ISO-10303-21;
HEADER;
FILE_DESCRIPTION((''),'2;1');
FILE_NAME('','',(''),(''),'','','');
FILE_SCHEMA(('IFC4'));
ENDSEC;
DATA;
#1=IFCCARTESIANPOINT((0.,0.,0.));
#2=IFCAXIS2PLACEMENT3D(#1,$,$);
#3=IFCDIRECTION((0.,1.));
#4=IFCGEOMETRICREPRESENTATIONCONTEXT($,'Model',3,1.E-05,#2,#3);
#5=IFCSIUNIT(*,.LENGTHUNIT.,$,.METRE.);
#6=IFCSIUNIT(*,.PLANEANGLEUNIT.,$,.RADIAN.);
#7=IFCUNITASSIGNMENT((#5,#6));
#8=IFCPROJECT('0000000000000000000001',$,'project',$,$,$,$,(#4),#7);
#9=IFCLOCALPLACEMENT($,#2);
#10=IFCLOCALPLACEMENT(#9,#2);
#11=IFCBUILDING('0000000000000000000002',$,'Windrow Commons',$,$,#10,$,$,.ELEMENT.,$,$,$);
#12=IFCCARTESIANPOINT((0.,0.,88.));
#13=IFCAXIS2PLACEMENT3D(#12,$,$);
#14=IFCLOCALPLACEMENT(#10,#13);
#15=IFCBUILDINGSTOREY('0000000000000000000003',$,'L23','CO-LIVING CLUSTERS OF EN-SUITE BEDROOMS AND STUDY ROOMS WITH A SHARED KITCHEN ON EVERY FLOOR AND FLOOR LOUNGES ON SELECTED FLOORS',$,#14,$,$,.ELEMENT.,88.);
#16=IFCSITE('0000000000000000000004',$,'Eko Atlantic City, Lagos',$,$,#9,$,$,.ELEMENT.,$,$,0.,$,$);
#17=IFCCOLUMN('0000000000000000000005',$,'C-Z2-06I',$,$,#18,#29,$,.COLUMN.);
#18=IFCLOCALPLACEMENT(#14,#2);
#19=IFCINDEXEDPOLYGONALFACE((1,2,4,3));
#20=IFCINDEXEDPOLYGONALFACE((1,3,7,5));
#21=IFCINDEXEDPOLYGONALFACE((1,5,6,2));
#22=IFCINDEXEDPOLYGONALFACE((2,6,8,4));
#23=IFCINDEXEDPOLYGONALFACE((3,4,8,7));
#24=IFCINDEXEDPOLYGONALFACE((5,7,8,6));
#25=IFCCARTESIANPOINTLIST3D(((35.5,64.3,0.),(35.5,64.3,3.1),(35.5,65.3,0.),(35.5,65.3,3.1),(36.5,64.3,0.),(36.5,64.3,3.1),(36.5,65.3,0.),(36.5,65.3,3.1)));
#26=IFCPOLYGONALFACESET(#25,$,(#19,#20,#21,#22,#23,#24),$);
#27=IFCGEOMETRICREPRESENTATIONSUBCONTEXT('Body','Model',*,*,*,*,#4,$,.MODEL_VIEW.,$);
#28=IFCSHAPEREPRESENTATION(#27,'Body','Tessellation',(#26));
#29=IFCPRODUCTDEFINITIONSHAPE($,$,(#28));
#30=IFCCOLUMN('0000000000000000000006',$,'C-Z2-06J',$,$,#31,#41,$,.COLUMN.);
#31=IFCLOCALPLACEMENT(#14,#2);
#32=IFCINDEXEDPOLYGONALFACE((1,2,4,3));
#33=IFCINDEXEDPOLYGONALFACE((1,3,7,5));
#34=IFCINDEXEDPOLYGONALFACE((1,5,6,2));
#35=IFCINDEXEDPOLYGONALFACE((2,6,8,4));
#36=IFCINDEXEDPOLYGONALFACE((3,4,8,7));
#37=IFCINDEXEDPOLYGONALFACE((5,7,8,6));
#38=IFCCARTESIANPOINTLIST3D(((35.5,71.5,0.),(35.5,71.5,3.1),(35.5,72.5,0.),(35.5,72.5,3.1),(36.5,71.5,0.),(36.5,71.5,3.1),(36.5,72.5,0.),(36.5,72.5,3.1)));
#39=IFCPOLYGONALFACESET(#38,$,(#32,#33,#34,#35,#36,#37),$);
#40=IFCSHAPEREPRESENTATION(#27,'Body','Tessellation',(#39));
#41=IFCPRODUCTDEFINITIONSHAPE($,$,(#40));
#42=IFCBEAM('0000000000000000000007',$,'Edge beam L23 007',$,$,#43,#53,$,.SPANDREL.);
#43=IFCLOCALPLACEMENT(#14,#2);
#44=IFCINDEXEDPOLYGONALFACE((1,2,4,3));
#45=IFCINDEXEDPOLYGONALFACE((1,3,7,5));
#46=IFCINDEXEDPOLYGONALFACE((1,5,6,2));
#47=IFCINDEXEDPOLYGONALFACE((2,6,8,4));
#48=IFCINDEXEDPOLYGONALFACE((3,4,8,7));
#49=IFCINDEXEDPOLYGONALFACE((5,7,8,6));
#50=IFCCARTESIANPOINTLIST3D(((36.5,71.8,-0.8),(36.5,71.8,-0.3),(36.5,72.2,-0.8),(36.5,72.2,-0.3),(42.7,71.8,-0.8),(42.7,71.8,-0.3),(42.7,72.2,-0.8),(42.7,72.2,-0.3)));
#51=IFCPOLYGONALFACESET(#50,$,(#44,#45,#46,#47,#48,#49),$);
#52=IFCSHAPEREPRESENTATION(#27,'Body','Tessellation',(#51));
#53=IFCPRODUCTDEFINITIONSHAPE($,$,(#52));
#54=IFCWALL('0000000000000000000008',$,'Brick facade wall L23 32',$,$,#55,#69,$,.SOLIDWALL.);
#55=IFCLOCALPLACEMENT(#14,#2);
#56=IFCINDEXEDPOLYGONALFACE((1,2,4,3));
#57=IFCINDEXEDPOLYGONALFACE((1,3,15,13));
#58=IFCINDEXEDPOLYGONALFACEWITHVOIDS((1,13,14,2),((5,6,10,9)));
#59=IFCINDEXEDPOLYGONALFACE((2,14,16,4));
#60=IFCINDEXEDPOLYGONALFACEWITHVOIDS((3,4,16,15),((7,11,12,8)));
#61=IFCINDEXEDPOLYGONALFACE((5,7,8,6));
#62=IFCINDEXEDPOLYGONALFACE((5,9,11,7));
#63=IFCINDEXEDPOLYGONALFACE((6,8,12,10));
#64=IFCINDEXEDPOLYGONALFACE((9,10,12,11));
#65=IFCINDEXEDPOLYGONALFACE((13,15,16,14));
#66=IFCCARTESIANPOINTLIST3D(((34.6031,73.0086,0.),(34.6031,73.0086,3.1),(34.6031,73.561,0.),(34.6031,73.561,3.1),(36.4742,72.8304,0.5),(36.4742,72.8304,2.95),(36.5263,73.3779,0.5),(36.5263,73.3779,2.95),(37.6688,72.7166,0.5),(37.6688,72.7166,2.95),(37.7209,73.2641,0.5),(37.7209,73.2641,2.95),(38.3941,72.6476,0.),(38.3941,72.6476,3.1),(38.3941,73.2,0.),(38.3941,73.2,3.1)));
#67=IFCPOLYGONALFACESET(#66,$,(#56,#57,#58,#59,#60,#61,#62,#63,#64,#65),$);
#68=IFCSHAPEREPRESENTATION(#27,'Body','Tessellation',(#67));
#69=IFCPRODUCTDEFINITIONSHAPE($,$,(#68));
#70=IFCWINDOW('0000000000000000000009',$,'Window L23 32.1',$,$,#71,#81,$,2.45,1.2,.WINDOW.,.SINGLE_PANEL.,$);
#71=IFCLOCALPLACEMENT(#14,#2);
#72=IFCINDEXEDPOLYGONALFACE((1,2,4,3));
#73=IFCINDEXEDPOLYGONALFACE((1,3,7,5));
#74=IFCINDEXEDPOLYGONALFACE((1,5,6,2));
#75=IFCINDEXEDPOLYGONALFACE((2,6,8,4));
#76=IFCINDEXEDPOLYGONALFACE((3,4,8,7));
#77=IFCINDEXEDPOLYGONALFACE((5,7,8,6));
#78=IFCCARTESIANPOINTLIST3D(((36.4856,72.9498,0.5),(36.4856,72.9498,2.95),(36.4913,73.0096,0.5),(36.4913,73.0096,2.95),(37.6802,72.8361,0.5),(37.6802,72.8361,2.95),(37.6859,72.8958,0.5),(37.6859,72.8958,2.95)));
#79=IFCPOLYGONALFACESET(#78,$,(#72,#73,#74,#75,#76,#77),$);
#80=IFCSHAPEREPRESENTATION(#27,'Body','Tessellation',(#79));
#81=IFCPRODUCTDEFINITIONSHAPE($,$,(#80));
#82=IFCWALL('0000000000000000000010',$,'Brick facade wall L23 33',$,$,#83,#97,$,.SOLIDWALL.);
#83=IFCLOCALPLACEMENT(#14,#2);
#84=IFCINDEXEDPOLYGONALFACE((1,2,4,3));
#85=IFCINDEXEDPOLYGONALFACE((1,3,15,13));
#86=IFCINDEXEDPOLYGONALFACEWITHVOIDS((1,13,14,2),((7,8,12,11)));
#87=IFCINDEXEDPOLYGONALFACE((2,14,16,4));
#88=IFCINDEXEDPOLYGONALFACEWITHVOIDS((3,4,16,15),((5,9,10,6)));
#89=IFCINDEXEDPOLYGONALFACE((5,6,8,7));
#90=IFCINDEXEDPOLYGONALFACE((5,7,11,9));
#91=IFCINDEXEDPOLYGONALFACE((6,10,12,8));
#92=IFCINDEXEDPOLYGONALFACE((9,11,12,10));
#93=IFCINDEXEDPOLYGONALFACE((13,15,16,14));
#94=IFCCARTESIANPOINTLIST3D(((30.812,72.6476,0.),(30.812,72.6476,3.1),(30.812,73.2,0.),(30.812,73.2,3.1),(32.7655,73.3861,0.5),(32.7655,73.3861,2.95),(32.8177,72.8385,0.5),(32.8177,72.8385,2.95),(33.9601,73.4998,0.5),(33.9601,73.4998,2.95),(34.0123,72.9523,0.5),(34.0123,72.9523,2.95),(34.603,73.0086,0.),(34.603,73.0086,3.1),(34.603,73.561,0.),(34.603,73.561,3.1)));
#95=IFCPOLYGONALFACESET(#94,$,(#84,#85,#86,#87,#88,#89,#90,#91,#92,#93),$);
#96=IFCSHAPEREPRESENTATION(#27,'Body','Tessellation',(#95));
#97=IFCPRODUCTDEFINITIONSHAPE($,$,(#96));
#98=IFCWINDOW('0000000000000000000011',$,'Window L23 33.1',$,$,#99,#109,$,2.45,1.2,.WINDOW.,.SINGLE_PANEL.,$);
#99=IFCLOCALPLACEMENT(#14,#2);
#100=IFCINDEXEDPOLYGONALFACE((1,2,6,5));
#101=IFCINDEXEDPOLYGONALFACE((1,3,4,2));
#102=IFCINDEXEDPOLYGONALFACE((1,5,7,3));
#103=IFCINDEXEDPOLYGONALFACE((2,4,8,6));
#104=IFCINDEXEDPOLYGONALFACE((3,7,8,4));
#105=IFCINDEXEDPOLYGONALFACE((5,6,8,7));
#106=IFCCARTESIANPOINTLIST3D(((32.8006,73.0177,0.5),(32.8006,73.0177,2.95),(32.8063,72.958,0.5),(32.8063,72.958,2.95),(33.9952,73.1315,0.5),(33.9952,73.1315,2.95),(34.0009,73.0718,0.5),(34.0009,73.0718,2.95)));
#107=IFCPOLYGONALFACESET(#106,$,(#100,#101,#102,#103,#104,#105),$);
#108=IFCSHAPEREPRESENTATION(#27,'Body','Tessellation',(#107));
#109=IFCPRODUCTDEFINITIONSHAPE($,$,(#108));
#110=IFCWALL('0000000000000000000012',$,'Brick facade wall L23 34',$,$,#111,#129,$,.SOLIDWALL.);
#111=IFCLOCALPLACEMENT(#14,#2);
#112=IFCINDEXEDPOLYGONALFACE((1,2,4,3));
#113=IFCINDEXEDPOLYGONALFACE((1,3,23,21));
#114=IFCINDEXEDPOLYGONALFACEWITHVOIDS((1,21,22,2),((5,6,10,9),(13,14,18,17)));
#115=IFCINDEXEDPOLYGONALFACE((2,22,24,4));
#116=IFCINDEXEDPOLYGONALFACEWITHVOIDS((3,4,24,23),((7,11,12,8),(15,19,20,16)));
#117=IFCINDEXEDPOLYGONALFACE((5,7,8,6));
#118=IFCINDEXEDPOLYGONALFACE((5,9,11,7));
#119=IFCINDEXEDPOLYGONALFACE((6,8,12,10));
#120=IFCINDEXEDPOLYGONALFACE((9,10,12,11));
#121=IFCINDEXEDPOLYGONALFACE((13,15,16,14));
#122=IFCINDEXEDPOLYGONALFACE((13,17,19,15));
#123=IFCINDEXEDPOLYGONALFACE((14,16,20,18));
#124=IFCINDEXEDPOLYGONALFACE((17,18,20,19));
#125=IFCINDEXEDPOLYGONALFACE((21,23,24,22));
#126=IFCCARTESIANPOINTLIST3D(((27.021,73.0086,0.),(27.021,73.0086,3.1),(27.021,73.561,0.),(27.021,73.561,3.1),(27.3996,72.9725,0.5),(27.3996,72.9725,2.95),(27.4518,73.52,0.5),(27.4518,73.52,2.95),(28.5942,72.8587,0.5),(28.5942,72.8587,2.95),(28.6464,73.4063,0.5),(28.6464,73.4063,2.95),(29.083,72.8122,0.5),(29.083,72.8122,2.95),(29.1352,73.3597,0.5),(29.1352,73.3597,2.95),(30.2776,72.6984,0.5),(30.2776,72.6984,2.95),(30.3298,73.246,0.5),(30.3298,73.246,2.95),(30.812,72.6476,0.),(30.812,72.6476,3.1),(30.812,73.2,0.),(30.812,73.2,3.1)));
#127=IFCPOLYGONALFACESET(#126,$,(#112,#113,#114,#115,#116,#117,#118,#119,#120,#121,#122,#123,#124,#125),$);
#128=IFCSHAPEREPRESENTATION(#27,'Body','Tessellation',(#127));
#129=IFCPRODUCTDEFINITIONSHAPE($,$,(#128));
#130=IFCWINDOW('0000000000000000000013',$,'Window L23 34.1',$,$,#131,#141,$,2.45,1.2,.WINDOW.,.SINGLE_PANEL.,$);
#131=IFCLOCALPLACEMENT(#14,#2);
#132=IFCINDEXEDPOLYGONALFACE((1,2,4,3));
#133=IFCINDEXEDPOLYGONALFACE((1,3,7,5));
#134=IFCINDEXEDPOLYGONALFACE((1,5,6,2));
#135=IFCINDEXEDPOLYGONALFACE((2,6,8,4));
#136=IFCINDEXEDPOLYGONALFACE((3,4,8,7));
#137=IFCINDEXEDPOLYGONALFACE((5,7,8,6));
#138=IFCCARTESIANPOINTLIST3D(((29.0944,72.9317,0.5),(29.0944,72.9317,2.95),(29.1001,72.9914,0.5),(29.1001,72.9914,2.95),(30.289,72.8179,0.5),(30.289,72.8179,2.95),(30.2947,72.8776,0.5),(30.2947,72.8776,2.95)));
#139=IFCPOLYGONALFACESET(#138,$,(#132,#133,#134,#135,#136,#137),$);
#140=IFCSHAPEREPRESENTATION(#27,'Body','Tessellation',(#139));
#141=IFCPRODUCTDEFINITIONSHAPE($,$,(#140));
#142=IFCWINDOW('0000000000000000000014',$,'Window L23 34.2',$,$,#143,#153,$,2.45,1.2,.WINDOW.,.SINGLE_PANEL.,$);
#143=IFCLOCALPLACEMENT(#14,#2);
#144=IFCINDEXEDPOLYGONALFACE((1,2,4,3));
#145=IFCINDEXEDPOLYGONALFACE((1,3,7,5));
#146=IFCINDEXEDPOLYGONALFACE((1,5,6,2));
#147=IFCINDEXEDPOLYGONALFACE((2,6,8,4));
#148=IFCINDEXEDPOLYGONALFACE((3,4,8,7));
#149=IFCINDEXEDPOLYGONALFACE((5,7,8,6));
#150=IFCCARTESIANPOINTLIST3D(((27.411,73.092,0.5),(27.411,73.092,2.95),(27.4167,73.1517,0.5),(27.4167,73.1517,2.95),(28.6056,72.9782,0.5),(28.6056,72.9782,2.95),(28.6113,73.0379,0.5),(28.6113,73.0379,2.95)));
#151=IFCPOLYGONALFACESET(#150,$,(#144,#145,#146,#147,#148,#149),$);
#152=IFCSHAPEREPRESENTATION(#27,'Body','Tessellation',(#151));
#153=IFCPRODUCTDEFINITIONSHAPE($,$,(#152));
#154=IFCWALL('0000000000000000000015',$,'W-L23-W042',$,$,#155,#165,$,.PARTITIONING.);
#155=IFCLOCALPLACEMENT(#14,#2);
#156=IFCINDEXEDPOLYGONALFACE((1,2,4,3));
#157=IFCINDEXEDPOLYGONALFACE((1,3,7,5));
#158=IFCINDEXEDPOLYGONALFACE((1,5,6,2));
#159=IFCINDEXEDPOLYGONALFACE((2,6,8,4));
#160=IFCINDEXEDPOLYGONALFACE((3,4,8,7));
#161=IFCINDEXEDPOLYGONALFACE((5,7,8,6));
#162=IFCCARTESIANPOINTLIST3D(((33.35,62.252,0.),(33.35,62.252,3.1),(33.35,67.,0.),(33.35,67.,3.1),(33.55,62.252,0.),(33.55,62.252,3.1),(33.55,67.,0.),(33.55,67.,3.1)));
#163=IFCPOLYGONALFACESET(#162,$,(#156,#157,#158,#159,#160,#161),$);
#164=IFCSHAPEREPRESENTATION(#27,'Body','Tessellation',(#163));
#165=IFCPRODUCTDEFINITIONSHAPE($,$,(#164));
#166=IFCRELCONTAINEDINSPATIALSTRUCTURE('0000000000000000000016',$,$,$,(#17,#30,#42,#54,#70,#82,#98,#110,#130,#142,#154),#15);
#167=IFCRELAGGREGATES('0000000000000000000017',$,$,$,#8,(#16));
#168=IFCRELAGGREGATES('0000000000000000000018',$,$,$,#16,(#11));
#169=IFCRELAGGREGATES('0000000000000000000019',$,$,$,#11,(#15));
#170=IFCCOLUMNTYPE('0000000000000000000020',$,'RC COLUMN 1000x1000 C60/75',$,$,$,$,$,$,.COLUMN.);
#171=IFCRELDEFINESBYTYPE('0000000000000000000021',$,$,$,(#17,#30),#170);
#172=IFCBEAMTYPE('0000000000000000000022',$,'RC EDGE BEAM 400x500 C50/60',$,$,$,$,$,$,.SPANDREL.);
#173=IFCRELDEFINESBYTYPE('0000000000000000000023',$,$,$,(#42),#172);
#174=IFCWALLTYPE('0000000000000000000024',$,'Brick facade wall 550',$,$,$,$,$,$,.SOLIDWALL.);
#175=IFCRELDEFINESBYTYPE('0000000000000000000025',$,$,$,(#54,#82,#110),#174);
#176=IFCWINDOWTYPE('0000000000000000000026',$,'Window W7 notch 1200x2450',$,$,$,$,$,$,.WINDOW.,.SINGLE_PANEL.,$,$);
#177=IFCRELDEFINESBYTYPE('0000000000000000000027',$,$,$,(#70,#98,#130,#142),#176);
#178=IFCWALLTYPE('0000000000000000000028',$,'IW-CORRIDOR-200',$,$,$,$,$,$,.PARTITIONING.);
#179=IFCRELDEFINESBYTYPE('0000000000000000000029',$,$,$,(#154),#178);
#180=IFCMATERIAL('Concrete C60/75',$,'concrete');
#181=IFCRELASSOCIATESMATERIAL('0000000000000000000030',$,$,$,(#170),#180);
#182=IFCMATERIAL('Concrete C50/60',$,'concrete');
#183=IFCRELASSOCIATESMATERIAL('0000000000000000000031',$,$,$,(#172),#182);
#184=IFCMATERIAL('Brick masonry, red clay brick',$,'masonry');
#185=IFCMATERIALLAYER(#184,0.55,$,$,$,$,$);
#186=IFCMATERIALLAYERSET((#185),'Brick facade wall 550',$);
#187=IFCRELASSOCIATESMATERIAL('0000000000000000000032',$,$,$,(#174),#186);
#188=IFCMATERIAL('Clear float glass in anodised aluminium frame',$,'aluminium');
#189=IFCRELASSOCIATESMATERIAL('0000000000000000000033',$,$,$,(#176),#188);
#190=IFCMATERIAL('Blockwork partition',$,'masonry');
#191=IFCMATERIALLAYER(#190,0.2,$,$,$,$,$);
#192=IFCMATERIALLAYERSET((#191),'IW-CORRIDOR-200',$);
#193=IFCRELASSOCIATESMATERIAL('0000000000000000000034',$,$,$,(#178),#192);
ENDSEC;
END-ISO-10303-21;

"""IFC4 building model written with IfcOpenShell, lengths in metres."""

from ifc_helpers import new_model, si_unit, direction, frame, frame_2d, origin, origin_2d, place, context, subcontext, project, spatial, polyline, rectangle, outline, extrude, material, layer, layer_set, material_profile, profile_set, type_object, element, fill, save


model = new_model("IFC4")

# Units and contexts
model_context = context("Model", 3, precision=1e-05, world=origin(), true_north=direction((0.0, 1.0)))
body_context = subcontext(model_context, "Body", "Model", "MODEL_VIEW")
ifc_project = project(units=[si_unit("LENGTHUNIT", "METRE"), si_unit("PLANEANGLEUNIT", "RADIAN")], contexts=[model_context])

# Site, building, storey
site_placement = place(None, origin())
site = spatial("IfcSite", under=ifc_project, at=site_placement, Name="Eko Atlantic City, Lagos", CompositionType="ELEMENT", RefElevation=0.0)
building_placement = place(site_placement, origin())
building = spatial("IfcBuilding", under=site, at=building_placement, Name="Windrow Commons", CompositionType="ELEMENT")
storey_placement = place(building_placement, frame((0.0, 0.0, 88.0)))
storey = spatial("IfcBuildingStorey", under=building, at=storey_placement, Name="L23", Description="CO-LIVING CLUSTERS OF EN-SUITE BEDROOMS AND STUDY ROOMS WITH A SHARED KITCHEN ON EVERY FLOOR AND FLOOR LOUNGES ON SELECTED FLOORS", CompositionType="ELEMENT", Elevation=88.0)

# Columns
ifc_material_1 = material(Name="Concrete C60/75", Category="concrete")
ifc_material_profile_1 = material_profile(ifc_material_1, rectangle(XDim=1.0, YDim=1.0, at=origin_2d()))
ifc_profile_set_1 = profile_set([ifc_material_profile_1], Name="Concrete C60/75")
column_type = type_object("IfcColumnType", Name="RC COLUMN 1000x1000 C60/75", PredefinedType="COLUMN", material=ifc_profile_set_1)
for number, where, z_axis, x_axis, name in (
    (1, (36.0, 64.8, 0.0), (0.0, 0.0, 1.0), (1.0, 0.0, 0.0), "C-Z2-06I"),
    (2, (36.0, 72.0, 0.0), (0.0, 0.0, 1.0), (1.0, 0.0, 0.0), "C-Z2-06J"),
):
    element("IfcColumn", number, at=place(storey_placement, frame(where, z_axis=z_axis, x_axis=x_axis)), inside=storey, type_object=column_type, Name=name, PredefinedType="COLUMN", context=body_context, shape_type="SweptSolid", body=[
        extrude(rectangle(XDim=1.0, YDim=1.0, at=origin_2d()), origin(), (0.0, 0.0, 1.0), 3.1),
    ])

# Beam
ifc_material_2 = material(Name="Concrete C50/60", Category="concrete")
ifc_material_profile_2 = material_profile(ifc_material_2, rectangle(XDim=0.4, YDim=0.5, at=origin_2d()))
ifc_profile_set_2 = profile_set([ifc_material_profile_2], Name="Concrete C50/60")
beam_type = type_object("IfcBeamType", Name="RC EDGE BEAM 400x500 C50/60", PredefinedType="SPANDREL", material=ifc_profile_set_2)
beam_placement = place(storey_placement, frame((36.5, 72.0, -0.55), z_axis=(1.0, 0.0, 0.0), x_axis=(0.0, 1.0, 0.0)))
element("IfcBeam", 3, at=beam_placement, inside=storey, type_object=beam_type, Name="Edge beam L23 007", PredefinedType="SPANDREL", context=body_context, shape_type="SweptSolid", body=[
    extrude(rectangle(XDim=0.4, YDim=0.5, at=origin_2d()), origin(), (0.0, 0.0, 1.0), 6.2),
])

# Walls, openings, windows
ifc_material_3 = material(Name="Brick masonry, red clay brick", Category="masonry")
ifc_layer_1 = layer(ifc_material_3, 0.55)
ifc_layer_set_1 = layer_set([ifc_layer_1], Name="Brick facade wall 550")
wall_type_1 = type_object("IfcWallType", Name="Brick facade wall 550", PredefinedType="SOLIDWALL", material=ifc_layer_set_1)
wall_1_placement = place(storey_placement, frame((38.3941, 72.9238, 0.0), z_axis=(0.0, 0.0, 1.0), x_axis=(-0.995497, 0.094794, 0.0)))
wall_1 = element("IfcWall", 4, at=wall_1_placement, inside=storey, type_object=wall_type_1, Name="Brick facade wall L23 32", PredefinedType="SOLIDWALL", context=body_context, shape_type="SweptSolid", body=[
    extrude(outline(polyline([(0.0262, -0.275), (3.8343, -0.275), (3.782, 0.275), (-0.0262, 0.275), (0.0262, -0.275)])), origin(), (0.0, 0.0, 1.0), 3.1),
])
opening_1_placement = place(wall_1_placement, frame((0.7024, 0.0, 0.5)))
opening_1 = element("IfcOpeningElement", 5, at=opening_1_placement, cuts=wall_1, PredefinedType="OPENING", context=body_context, shape_type="SweptSolid", body=[
    extrude(rectangle(XDim=1.2, YDim=2.45, at=frame_2d((0.6, 1.225))), frame((0.0, 0.285, 0.0), z_axis=(0.0, -1.0, 0.0), x_axis=(1.0, 0.0, 0.0)), (0.0, 0.0, 1.0), 0.57),
])
ifc_material_4 = material(Name="Clear float glass in anodised aluminium frame", Category="aluminium")
window_type = type_object("IfcWindowType", Name="Window W7 notch 1200x2450", PartitioningType="SINGLE_PANEL", PredefinedType="WINDOW", material=ifc_material_4)
window_1_placement = place(opening_1_placement, origin())
window_1 = element("IfcWindow", 6, at=window_1_placement, inside=storey, type_object=window_type, Name="Window L23 32.1", OverallHeight=2.45, OverallWidth=1.2, PartitioningType="SINGLE_PANEL", PredefinedType="WINDOW", context=body_context, shape_type="SweptSolid", body=[
    extrude(rectangle(XDim=1.2, YDim=2.45, at=frame_2d((0.6, 1.225))), frame((0.0, 0.155, 0.0), z_axis=(0.0, -1.0, 0.0), x_axis=(1.0, 0.0, 0.0)), (0.0, 0.0, 1.0), 0.06),
])
fill(opening_1, window_1)
wall_2_placement = place(storey_placement, frame((34.603, 73.2848, 0.0), z_axis=(0.0, 0.0, 1.0), x_axis=(-0.995497, -0.094797, 0.0)))
wall_2 = element("IfcWall", 7, at=wall_2_placement, inside=storey, type_object=wall_type_1, Name="Brick facade wall L23 33", PredefinedType="SOLIDWALL", context=body_context, shape_type="SweptSolid", body=[
    extrude(outline(polyline([(-0.0262, -0.275), (3.782, -0.275), (3.8343, 0.275), (0.0262, 0.275), (-0.0262, -0.275)])), origin(), (0.0, 0.0, 1.0), 3.1),
])
opening_2_placement = place(wall_2_placement, frame((0.6196, 0.0, 0.5)))
opening_2 = element("IfcOpeningElement", 8, at=opening_2_placement, cuts=wall_2, PredefinedType="OPENING", context=body_context, shape_type="SweptSolid", body=[
    extrude(rectangle(XDim=1.2, YDim=2.45, at=frame_2d((0.6, 1.225))), frame((0.0, 0.285, 0.0), z_axis=(0.0, -1.0, 0.0), x_axis=(1.0, 0.0, 0.0)), (0.0, 0.0, 1.0), 0.57),
])
window_2_placement = place(opening_2_placement, origin())
window_2 = element("IfcWindow", 9, at=window_2_placement, inside=storey, type_object=window_type, Name="Window L23 33.1", OverallHeight=2.45, OverallWidth=1.2, PartitioningType="SINGLE_PANEL", PredefinedType="WINDOW", context=body_context, shape_type="SweptSolid", body=[
    extrude(rectangle(XDim=1.2, YDim=2.45, at=frame_2d((0.6, 1.225))), frame((0.0, 0.155, 0.0), z_axis=(0.0, -1.0, 0.0), x_axis=(1.0, 0.0, 0.0)), (0.0, 0.0, 1.0), 0.06),
])
fill(opening_2, window_2)

# Wall, openings, windows
wall_3_placement = place(storey_placement, frame((30.812, 72.9238, 0.0), z_axis=(0.0, 0.0, 1.0), x_axis=(-0.995497, 0.094797, 0.0)))
wall_3 = element("IfcWall", 10, at=wall_3_placement, inside=storey, type_object=wall_type_1, Name="Brick facade wall L23 34", PredefinedType="SOLIDWALL", context=body_context, shape_type="SweptSolid", body=[
    extrude(outline(polyline([(0.0262, -0.275), (3.8343, -0.275), (3.782, 0.275), (-0.0262, 0.275), (0.0262, -0.275)])), origin(), (0.0, 0.0, 1.0), 3.1),
])
opening_3_placement = place(wall_3_placement, frame((0.5106, 0.0, 0.5)))
opening_3 = element("IfcOpeningElement", 11, at=opening_3_placement, cuts=wall_3, PredefinedType="OPENING", context=body_context, shape_type="SweptSolid", body=[
    extrude(rectangle(XDim=1.2, YDim=2.45, at=frame_2d((0.6, 1.225))), frame((0.0, 0.285, 0.0), z_axis=(0.0, -1.0, 0.0), x_axis=(1.0, 0.0, 0.0)), (0.0, 0.0, 1.0), 0.57),
])
opening_4_placement = place(wall_3_placement, frame((2.2016, 0.0, 0.5)))
opening_4 = element("IfcOpeningElement", 12, at=opening_4_placement, cuts=wall_3, PredefinedType="OPENING", context=body_context, shape_type="SweptSolid", body=[
    extrude(rectangle(XDim=1.2, YDim=2.45, at=frame_2d((0.6, 1.225))), frame((0.0, 0.285, 0.0), z_axis=(0.0, -1.0, 0.0), x_axis=(1.0, 0.0, 0.0)), (0.0, 0.0, 1.0), 0.57),
])
window_3_placement = place(opening_3_placement, origin())
window_3 = element("IfcWindow", 13, at=window_3_placement, inside=storey, type_object=window_type, Name="Window L23 34.1", OverallHeight=2.45, OverallWidth=1.2, PartitioningType="SINGLE_PANEL", PredefinedType="WINDOW", context=body_context, shape_type="SweptSolid", body=[
    extrude(rectangle(XDim=1.2, YDim=2.45, at=frame_2d((0.6, 1.225))), frame((0.0, 0.155, 0.0), z_axis=(0.0, -1.0, 0.0), x_axis=(1.0, 0.0, 0.0)), (0.0, 0.0, 1.0), 0.06),
])
fill(opening_3, window_3)
window_4_placement = place(opening_4_placement, origin())
window_4 = element("IfcWindow", 14, at=window_4_placement, inside=storey, type_object=window_type, Name="Window L23 34.2", OverallHeight=2.45, OverallWidth=1.2, PartitioningType="SINGLE_PANEL", PredefinedType="WINDOW", context=body_context, shape_type="SweptSolid", body=[
    extrude(rectangle(XDim=1.2, YDim=2.45, at=frame_2d((0.6, 1.225))), frame((0.0, 0.155, 0.0), z_axis=(0.0, -1.0, 0.0), x_axis=(1.0, 0.0, 0.0)), (0.0, 0.0, 1.0), 0.06),
])
fill(opening_4, window_4)

# Wall
ifc_material_5 = material(Name="Blockwork partition", Category="masonry")
ifc_layer_2 = layer(ifc_material_5, 0.2)
ifc_layer_set_2 = layer_set([ifc_layer_2], Name="IW-CORRIDOR-200")
wall_type_2 = type_object("IfcWallType", Name="IW-CORRIDOR-200", PredefinedType="PARTITIONING", material=ifc_layer_set_2)
wall_4_placement = place(storey_placement, frame((33.45, 62.252, 0.0), z_axis=(0.0, 0.0, 1.0), x_axis=(0.0, 1.0, 0.0)))
element("IfcWall", 15, at=wall_4_placement, inside=storey, type_object=wall_type_2, Name="W-L23-W042", PredefinedType="PARTITIONING", context=body_context, shape_type="SweptSolid", body=[
    extrude(rectangle(XDim=4.748, YDim=0.2, at=frame_2d((2.374, 0.0))), origin(), (0.0, 0.0, 1.0), 3.1),
])

save(model, "model.ifc")
